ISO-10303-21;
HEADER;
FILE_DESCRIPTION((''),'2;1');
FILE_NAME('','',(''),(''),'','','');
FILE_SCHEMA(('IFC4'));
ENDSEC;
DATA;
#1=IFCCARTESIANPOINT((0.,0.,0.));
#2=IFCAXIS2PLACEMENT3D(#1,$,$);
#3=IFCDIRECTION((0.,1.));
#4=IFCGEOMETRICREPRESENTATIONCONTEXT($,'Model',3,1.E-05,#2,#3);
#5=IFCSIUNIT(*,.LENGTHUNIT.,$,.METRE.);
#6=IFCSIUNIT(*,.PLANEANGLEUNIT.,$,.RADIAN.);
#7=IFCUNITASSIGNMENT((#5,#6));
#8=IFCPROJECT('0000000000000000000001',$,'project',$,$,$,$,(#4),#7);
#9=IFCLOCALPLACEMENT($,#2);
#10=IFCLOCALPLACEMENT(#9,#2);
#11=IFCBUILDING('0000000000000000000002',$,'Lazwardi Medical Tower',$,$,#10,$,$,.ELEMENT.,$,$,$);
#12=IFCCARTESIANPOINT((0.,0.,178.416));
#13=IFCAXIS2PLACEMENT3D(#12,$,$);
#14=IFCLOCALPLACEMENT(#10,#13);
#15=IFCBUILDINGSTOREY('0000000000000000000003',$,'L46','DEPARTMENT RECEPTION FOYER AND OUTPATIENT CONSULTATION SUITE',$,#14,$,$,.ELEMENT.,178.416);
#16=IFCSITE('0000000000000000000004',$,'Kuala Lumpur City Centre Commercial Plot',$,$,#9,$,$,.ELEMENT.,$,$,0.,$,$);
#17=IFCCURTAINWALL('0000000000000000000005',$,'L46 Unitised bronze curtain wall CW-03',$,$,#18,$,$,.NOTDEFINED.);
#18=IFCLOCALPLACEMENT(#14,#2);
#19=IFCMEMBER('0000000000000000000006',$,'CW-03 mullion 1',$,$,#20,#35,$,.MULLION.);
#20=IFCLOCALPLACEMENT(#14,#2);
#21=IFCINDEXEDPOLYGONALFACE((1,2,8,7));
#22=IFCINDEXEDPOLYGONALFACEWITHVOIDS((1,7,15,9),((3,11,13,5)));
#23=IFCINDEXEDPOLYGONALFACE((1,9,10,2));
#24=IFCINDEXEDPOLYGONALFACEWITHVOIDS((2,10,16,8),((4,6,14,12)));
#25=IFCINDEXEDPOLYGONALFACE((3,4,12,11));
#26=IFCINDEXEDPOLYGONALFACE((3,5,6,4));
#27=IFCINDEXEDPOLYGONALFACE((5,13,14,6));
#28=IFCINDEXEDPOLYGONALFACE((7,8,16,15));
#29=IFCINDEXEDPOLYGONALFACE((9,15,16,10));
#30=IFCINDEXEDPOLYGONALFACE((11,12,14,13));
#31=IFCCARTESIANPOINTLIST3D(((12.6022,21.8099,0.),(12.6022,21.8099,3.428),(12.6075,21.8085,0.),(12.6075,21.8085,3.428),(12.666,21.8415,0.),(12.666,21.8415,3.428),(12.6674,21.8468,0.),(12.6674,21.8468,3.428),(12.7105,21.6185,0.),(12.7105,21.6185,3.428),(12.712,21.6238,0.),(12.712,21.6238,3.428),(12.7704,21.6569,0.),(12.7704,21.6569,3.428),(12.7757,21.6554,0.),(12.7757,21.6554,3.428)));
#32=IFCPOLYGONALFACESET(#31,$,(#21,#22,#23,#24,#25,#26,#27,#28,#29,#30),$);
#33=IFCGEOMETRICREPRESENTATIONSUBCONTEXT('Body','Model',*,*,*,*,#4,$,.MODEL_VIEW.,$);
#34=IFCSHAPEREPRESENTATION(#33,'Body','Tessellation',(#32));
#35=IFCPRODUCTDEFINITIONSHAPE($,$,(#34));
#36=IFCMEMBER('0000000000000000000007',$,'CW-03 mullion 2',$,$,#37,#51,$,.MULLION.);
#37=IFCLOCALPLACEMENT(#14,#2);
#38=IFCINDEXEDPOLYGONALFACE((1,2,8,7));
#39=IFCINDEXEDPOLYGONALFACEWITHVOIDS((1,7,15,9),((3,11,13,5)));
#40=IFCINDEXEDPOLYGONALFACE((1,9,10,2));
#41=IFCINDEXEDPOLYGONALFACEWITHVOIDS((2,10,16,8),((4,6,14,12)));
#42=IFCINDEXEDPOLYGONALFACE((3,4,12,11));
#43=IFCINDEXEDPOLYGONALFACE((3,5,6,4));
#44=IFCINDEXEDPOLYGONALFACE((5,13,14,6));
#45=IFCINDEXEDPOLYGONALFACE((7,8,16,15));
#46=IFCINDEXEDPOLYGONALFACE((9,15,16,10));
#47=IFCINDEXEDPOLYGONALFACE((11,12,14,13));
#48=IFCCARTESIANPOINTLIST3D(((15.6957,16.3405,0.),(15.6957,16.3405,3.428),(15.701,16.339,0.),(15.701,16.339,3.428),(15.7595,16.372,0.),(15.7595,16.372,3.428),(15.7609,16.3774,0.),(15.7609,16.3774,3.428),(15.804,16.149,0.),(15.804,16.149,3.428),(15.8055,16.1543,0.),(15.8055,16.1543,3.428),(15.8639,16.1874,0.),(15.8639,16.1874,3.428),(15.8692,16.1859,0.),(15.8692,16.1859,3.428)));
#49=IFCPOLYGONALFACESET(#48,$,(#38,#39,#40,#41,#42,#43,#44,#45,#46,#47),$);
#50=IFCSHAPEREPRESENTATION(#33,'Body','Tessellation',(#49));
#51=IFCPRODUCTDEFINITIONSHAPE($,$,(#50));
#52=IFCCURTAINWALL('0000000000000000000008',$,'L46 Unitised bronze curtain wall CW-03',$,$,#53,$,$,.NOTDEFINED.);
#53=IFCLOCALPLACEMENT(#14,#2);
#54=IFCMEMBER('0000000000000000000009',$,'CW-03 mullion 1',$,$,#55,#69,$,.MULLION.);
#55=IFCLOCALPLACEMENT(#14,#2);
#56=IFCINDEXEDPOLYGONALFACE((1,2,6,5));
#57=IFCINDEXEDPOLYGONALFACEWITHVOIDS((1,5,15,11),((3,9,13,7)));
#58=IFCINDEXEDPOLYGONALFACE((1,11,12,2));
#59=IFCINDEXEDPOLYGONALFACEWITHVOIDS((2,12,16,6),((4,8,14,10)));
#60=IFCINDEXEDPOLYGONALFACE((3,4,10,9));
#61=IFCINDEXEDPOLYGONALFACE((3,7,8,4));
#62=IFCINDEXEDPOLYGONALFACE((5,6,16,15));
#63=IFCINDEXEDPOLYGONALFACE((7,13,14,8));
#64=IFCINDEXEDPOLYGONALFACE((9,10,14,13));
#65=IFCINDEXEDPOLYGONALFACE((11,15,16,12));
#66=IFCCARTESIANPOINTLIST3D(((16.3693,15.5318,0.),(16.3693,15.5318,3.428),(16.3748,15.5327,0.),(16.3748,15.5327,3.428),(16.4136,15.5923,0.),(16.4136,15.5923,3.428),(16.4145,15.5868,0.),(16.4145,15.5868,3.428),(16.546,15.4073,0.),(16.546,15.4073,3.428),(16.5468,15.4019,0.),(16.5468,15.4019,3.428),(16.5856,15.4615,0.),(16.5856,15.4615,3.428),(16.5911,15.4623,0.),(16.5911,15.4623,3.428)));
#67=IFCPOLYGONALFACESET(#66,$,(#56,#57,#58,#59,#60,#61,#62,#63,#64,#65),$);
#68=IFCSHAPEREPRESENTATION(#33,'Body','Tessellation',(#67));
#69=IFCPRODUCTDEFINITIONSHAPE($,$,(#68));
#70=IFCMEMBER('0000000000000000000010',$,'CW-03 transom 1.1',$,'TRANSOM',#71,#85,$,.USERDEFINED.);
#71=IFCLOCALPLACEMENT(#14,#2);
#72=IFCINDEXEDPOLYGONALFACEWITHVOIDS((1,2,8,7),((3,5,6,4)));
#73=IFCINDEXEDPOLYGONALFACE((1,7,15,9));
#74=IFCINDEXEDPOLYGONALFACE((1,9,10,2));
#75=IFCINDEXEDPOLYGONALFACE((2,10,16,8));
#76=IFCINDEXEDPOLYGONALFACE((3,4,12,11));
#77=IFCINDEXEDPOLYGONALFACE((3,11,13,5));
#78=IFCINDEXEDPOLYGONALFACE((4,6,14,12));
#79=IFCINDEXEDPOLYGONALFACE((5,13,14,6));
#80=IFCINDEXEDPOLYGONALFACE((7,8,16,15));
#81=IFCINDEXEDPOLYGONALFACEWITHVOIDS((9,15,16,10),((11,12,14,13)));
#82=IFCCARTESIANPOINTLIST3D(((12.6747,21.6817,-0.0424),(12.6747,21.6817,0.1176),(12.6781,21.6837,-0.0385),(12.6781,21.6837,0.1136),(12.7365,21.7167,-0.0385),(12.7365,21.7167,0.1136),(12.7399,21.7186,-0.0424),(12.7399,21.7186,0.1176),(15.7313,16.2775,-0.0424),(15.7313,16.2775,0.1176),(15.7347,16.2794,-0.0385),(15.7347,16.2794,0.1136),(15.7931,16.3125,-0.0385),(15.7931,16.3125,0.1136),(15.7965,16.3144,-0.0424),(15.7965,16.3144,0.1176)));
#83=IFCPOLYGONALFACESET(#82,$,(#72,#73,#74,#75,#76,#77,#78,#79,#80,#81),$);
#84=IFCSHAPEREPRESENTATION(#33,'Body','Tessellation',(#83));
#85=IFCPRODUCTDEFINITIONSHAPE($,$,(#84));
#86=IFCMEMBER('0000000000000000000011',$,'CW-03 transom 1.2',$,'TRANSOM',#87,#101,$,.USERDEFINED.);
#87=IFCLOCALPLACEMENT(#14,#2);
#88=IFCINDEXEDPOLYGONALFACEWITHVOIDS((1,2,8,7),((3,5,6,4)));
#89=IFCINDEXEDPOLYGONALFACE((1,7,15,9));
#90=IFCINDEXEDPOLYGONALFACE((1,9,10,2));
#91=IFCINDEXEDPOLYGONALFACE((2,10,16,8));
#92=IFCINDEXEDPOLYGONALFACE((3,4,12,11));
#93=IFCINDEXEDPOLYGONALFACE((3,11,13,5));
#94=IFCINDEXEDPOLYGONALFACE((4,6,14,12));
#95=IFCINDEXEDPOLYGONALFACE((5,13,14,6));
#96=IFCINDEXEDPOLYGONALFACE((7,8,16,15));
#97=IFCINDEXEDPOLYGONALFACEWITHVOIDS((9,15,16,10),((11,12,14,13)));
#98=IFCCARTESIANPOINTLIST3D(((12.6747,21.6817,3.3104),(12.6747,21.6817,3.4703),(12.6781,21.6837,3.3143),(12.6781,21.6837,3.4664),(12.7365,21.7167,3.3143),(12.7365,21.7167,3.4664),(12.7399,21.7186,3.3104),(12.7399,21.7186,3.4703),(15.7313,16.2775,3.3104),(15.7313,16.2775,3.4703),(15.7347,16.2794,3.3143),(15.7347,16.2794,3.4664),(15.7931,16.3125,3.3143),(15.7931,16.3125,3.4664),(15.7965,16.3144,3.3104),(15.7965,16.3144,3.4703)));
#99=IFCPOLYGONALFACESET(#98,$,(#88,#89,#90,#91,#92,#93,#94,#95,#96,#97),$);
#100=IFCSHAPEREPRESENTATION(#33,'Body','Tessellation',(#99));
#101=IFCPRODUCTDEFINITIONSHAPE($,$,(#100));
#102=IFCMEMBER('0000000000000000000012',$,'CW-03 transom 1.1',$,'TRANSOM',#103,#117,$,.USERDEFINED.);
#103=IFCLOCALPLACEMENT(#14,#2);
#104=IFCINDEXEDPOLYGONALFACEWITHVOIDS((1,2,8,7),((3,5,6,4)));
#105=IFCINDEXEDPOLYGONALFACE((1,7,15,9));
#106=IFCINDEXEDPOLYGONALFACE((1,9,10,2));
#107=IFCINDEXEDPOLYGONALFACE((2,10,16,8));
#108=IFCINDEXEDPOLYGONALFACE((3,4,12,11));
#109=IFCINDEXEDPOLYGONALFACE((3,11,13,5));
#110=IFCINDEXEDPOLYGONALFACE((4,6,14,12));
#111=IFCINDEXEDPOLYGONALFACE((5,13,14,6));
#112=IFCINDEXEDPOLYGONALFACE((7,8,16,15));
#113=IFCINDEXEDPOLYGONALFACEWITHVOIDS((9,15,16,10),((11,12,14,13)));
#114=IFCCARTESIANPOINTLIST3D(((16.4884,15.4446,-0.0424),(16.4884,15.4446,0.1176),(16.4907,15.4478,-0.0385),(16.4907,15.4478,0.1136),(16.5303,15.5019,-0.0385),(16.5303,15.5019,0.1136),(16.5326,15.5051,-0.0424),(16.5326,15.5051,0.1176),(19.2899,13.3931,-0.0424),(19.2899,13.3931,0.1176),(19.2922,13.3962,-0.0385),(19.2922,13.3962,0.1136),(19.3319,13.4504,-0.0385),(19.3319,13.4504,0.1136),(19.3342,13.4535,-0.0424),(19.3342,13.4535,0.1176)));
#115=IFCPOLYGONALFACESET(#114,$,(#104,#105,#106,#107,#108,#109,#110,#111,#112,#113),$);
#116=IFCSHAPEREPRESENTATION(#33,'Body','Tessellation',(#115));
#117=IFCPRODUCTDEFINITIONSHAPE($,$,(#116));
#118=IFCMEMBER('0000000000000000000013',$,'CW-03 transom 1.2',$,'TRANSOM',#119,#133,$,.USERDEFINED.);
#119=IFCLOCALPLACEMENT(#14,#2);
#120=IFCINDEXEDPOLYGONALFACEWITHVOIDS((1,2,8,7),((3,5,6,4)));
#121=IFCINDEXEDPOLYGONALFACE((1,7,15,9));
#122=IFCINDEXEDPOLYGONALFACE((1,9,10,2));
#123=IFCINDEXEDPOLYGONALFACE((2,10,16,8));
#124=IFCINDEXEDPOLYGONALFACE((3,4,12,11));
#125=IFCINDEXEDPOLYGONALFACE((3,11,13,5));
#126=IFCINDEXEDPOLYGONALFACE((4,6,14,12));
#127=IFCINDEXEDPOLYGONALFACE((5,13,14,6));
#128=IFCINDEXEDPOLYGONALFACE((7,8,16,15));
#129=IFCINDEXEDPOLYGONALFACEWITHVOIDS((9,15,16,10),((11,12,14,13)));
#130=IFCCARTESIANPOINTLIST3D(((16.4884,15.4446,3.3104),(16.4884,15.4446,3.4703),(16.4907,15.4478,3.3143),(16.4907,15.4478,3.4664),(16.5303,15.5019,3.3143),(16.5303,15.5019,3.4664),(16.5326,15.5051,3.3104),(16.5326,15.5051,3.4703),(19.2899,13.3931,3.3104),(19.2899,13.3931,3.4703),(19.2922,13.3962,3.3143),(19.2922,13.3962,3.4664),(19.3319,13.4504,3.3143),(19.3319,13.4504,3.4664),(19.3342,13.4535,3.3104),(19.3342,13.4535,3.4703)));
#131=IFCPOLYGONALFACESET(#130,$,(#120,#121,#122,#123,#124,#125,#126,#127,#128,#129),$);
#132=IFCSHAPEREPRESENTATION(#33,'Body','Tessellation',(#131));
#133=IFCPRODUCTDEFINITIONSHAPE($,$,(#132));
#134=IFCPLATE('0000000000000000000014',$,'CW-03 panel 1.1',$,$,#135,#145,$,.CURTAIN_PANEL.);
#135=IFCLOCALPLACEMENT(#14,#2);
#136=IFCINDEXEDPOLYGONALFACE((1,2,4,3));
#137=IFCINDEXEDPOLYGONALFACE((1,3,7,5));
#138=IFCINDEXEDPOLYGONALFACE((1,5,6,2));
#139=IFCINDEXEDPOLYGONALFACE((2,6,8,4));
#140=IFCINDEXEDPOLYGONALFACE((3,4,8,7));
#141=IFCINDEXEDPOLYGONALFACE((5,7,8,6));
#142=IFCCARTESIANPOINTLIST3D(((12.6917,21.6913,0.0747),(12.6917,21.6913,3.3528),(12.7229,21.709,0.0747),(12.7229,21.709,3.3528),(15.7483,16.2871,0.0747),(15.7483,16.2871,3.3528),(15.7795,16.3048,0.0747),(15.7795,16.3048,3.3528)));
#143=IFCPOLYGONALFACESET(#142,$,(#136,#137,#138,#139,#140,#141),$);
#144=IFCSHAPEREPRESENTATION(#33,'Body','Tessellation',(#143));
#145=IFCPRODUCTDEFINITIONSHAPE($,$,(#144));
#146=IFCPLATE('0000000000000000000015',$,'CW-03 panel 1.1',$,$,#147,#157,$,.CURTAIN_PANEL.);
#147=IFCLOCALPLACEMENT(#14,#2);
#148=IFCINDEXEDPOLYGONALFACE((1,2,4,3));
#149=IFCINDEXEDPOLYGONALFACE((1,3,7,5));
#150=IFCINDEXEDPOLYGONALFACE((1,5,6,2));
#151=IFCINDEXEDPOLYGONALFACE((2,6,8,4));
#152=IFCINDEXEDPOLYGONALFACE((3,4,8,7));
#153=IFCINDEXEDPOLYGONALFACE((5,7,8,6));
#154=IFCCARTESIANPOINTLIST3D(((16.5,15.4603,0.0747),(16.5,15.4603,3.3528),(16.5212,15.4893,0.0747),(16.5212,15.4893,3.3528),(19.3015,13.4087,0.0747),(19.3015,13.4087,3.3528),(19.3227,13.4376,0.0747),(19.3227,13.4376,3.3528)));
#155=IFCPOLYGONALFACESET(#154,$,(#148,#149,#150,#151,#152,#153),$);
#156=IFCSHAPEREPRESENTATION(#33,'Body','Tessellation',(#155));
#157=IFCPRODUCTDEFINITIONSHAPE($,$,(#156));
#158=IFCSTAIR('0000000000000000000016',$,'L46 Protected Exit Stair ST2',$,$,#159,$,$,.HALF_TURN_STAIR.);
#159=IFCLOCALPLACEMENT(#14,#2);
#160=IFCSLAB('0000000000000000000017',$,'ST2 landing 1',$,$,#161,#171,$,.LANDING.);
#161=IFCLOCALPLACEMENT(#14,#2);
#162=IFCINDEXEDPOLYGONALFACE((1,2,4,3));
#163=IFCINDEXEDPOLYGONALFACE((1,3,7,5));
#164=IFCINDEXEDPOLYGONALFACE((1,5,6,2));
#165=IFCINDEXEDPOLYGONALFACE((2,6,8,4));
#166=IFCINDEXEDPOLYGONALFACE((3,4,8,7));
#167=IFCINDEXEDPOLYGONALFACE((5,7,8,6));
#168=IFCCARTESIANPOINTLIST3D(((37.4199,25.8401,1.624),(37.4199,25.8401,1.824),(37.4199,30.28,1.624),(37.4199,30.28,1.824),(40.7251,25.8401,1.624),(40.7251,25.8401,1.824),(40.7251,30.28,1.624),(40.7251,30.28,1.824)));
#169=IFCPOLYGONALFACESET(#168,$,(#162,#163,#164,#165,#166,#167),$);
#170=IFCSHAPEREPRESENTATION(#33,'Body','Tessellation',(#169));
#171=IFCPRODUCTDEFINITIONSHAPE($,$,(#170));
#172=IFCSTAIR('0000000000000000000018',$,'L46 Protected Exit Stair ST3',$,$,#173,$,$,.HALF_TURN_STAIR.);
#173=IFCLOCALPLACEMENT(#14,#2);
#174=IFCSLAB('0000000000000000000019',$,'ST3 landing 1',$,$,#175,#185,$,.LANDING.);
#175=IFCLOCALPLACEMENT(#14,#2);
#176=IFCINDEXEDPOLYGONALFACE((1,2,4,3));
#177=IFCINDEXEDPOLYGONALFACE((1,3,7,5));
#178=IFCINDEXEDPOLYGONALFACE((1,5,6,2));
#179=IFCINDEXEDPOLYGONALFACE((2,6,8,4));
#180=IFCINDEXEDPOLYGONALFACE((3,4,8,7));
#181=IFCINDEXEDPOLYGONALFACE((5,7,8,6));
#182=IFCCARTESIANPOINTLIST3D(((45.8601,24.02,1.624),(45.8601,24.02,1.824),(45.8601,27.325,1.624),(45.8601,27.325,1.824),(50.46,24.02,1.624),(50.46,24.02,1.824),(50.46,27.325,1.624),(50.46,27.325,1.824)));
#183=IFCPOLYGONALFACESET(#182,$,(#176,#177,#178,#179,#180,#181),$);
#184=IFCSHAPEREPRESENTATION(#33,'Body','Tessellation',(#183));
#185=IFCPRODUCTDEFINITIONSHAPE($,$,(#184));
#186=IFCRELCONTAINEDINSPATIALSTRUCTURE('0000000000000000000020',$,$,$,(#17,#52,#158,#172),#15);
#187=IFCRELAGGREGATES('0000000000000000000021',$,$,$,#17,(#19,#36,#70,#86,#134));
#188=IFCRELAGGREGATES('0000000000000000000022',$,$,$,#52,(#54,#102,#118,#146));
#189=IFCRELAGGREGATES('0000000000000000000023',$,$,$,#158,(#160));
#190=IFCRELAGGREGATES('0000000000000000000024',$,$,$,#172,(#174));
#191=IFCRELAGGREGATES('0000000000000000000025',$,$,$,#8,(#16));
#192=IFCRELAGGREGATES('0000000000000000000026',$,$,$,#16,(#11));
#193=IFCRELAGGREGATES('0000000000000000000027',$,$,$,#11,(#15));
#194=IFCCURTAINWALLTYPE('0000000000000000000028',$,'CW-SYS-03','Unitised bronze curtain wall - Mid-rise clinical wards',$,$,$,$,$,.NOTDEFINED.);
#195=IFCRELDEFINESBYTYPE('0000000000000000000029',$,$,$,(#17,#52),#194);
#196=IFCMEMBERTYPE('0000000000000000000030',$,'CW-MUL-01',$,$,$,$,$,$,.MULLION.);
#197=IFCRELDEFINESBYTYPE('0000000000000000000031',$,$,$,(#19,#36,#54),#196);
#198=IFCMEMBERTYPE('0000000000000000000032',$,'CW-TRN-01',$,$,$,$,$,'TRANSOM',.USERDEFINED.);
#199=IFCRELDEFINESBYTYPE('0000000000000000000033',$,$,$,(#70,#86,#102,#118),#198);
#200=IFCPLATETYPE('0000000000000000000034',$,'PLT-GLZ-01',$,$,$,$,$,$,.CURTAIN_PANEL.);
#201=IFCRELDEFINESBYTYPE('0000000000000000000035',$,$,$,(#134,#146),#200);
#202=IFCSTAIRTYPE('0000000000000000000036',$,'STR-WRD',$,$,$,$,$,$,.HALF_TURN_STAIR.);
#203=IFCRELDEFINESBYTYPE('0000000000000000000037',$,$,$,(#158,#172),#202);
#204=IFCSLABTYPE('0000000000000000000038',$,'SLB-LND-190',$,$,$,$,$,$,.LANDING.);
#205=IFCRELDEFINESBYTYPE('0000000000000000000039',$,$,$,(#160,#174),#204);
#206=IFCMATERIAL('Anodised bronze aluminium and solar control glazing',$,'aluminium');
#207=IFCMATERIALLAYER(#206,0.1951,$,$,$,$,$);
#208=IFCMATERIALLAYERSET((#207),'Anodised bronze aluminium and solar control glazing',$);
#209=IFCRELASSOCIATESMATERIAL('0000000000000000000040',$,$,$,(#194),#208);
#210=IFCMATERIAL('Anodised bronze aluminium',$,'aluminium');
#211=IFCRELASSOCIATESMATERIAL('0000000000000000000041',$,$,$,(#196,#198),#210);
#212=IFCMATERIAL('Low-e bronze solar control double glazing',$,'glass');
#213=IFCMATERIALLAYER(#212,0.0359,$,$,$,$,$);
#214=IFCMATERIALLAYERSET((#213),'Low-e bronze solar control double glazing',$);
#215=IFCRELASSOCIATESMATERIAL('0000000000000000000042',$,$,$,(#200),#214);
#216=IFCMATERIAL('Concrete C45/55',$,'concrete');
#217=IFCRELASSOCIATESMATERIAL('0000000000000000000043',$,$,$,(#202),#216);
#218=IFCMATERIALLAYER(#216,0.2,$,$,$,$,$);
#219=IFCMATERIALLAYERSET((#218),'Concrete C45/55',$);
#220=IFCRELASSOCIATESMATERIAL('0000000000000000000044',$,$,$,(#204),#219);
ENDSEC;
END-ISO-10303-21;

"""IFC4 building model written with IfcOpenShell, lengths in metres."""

from ifc_helpers import new_model, si_unit, direction, frame, origin, origin_2d, place, context, subcontext, project, spatial, polyline, rectangle, hollow_rectangle, outline, extrude, material, layer, layer_set, material_profile, profile_set, type_object, element, aggregate, save


model = new_model("IFC4")

# Units and contexts
model_context = context("Model", 3, precision=1e-05, world=origin(), true_north=direction((0.0, 1.0)))
body_context = subcontext(model_context, "Body", "Model", "MODEL_VIEW")
ifc_project = project(units=[si_unit("LENGTHUNIT", "METRE"), si_unit("PLANEANGLEUNIT", "RADIAN")], contexts=[model_context])

# Site, building, storey
site_placement = place(None, origin())
site = spatial("IfcSite", under=ifc_project, at=site_placement, Name="Kuala Lumpur City Centre Commercial Plot", CompositionType="ELEMENT", RefElevation=0.0)
building_placement = place(site_placement, origin())
building = spatial("IfcBuilding", under=site, at=building_placement, Name="Lazwardi Medical Tower", CompositionType="ELEMENT")
storey_placement = place(building_placement, frame((0.0, 0.0, 178.416)))
storey = spatial("IfcBuildingStorey", under=building, at=storey_placement, Name="L46", Description="DEPARTMENT RECEPTION FOYER AND OUTPATIENT CONSULTATION SUITE", CompositionType="ELEMENT", Elevation=178.416)

# Curtain wall, members
ifc_material_1 = material(Name="Anodised bronze aluminium and solar control glazing", Category="aluminium")
ifc_layer_1 = layer(ifc_material_1, 0.1951)
ifc_layer_set_1 = layer_set([ifc_layer_1], Name="Anodised bronze aluminium and solar control glazing")
curtain_wall_type = type_object("IfcCurtainWallType", Name="CW-SYS-03", Description="Unitised bronze curtain wall - Mid-rise clinical wards", PredefinedType="NOTDEFINED", material=ifc_layer_set_1)
curtain_wall_1_placement = place(storey_placement, origin())
curtain_wall_1 = element("IfcCurtainWall", 1, at=curtain_wall_1_placement, inside=storey, type_object=curtain_wall_type, Name="L46 Unitised bronze curtain wall CW-03", PredefinedType="NOTDEFINED")
ifc_material_2 = material(Name="Anodised bronze aluminium", Category="aluminium")
ifc_material_profile_1 = material_profile(ifc_material_2, hollow_rectangle(XDim=0.075, YDim=0.22, WallThickness=0.0039, at=origin_2d()), Name="ALU-MULLION 220x75x4")
ifc_profile_set_1 = profile_set([ifc_material_profile_1], Name="Anodised bronze aluminium")
member_type_1 = type_object("IfcMemberType", Name="CW-MUL-01", PredefinedType="MULLION", material=ifc_profile_set_1)
member_1_placement = place(storey_placement, frame((12.689, 21.7327, 0.0), z_axis=(0.0, 0.0, 1.0), x_axis=(0.870419, 0.492312, 0.0)))
member_1 = element("IfcMember", 2, at=member_1_placement, type_object=member_type_1, Name="CW-03 mullion 1", PredefinedType="MULLION", context=body_context, shape_type="SweptSolid", body=[
    extrude(hollow_rectangle(XDim=0.075, YDim=0.22, WallThickness=0.0039, at=origin_2d()), origin(), (0.0, 0.0, 1.0), 3.428),
])
member_2_placement = place(storey_placement, frame((15.7825, 16.2632, 0.0), z_axis=(0.0, 0.0, 1.0), x_axis=(0.870419, 0.492312, 0.0)))
member_2 = element("IfcMember", 3, at=member_2_placement, type_object=member_type_1, Name="CW-03 mullion 2", PredefinedType="MULLION", context=body_context, shape_type="SweptSolid", body=[
    extrude(hollow_rectangle(XDim=0.075, YDim=0.22, WallThickness=0.0039, at=origin_2d()), origin(), (0.0, 0.0, 1.0), 3.428),
])

# Curtain wall, member
curtain_wall_2_placement = place(storey_placement, origin())
curtain_wall_2 = element("IfcCurtainWall", 4, at=curtain_wall_2_placement, inside=storey, type_object=curtain_wall_type, Name="L46 Unitised bronze curtain wall CW-03", PredefinedType="NOTDEFINED")
member_3_placement = place(storey_placement, frame((16.4802, 15.4971, 0.0), z_axis=(0.0, 0.0, 1.0), x_axis=(0.590834, 0.806793, 0.0)))
member_3 = element("IfcMember", 5, at=member_3_placement, type_object=member_type_1, Name="CW-03 mullion 1", PredefinedType="MULLION", context=body_context, shape_type="SweptSolid", body=[
    extrude(hollow_rectangle(XDim=0.075, YDim=0.22, WallThickness=0.0039, at=origin_2d()), origin(), (0.0, 0.0, 1.0), 3.428),
])

# Members
ifc_material_profile_2 = material_profile(ifc_material_2, hollow_rectangle(XDim=0.075, YDim=0.1599, WallThickness=0.0039, at=origin_2d()), Name="ALU-TRANSOM 160x75x4")
ifc_profile_set_2 = profile_set([ifc_material_profile_2], Name="Anodised bronze aluminium")
member_type_2 = type_object("IfcMemberType", Name="CW-TRN-01", ElementType="TRANSOM", PredefinedType="USERDEFINED", material=ifc_profile_set_2)
member_4_placement = place(storey_placement, frame((12.7073, 21.7002, 0.0376), z_axis=(0.492306, -0.870422, 0.0), x_axis=(0.870422, 0.492306, 0.0)))
member_4 = element("IfcMember", 6, at=member_4_placement, type_object=member_type_2, Name="CW-03 transom 1.1", ObjectType="TRANSOM", PredefinedType="USERDEFINED", context=body_context, shape_type="SweptSolid", body=[
    extrude(hollow_rectangle(XDim=0.075, YDim=0.1599, WallThickness=0.0039, at=origin_2d()), origin(), (0.0, 0.0, 1.0), 6.2087),
])
member_5_placement = place(storey_placement, frame((12.7073, 21.7002, 3.3904), z_axis=(0.492306, -0.870422, 0.0), x_axis=(0.870422, 0.492306, 0.0)))
member_5 = element("IfcMember", 7, at=member_5_placement, type_object=member_type_2, Name="CW-03 transom 1.2", ObjectType="TRANSOM", PredefinedType="USERDEFINED", context=body_context, shape_type="SweptSolid", body=[
    extrude(hollow_rectangle(XDim=0.075, YDim=0.1599, WallThickness=0.0039, at=origin_2d()), origin(), (0.0, 0.0, 1.0), 6.2087),
])
member_6_placement = place(storey_placement, frame((16.5105, 15.4749, 0.0376), z_axis=(0.806807, -0.590815, 0.0), x_axis=(0.590815, 0.806807, 0.0)))
member_6 = element("IfcMember", 8, at=member_6_placement, type_object=member_type_2, Name="CW-03 transom 1.1", ObjectType="TRANSOM", PredefinedType="USERDEFINED", context=body_context, shape_type="SweptSolid", body=[
    extrude(hollow_rectangle(XDim=0.075, YDim=0.1599, WallThickness=0.0039, at=origin_2d()), origin(), (0.0, 0.0, 1.0), 3.4724),
])
member_7_placement = place(storey_placement, frame((16.5105, 15.4749, 3.3904), z_axis=(0.806807, -0.590815, 0.0), x_axis=(0.590815, 0.806807, 0.0)))
member_7 = element("IfcMember", 9, at=member_7_placement, type_object=member_type_2, Name="CW-03 transom 1.2", ObjectType="TRANSOM", PredefinedType="USERDEFINED", context=body_context, shape_type="SweptSolid", body=[
    extrude(hollow_rectangle(XDim=0.075, YDim=0.1599, WallThickness=0.0039, at=origin_2d()), origin(), (0.0, 0.0, 1.0), 3.4724),
])

# Plates
ifc_material_3 = material(Name="Low-e bronze solar control double glazing", Category="glass")
ifc_layer_2 = layer(ifc_material_3, 0.0359)
ifc_layer_set_2 = layer_set([ifc_layer_2], Name="Low-e bronze solar control double glazing")
plate_type = type_object("IfcPlateType", Name="PLT-GLZ-01", PredefinedType="CURTAIN_PANEL", material=ifc_layer_set_2)
plate_1_placement = place(storey_placement, frame((14.2356, 18.998, 0.0747), z_axis=(0.0, 0.0, 1.0), x_axis=(0.492312, -0.870419, 0.0)))
plate_1 = element("IfcPlate", 10, at=plate_1_placement, type_object=plate_type, Name="CW-03 panel 1.1", PredefinedType="CURTAIN_PANEL", context=body_context, shape_type="SweptSolid", body=[
    extrude(rectangle(XDim=6.2087, YDim=0.0359, at=origin_2d()), origin(), (0.0, 0.0, 1.0), 3.2781),
])
aggregate(curtain_wall_1, [member_1, member_2, member_4, member_5, plate_1])
plate_2_placement = place(storey_placement, frame((17.9114, 14.449, 0.0747), z_axis=(0.0, 0.0, 1.0), x_axis=(0.806793, -0.590834, 0.0)))
plate_2 = element("IfcPlate", 11, at=plate_2_placement, type_object=plate_type, Name="CW-03 panel 1.1", PredefinedType="CURTAIN_PANEL", context=body_context, shape_type="SweptSolid", body=[
    extrude(rectangle(XDim=3.4724, YDim=0.0359, at=origin_2d()), origin(), (0.0, 0.0, 1.0), 3.2781),
])
aggregate(curtain_wall_2, [member_3, member_6, member_7, plate_2])

# Stairs, slabs
ifc_material_4 = material(Name="Concrete C45/55", Category="concrete")
stair_type = type_object("IfcStairType", Name="STR-WRD", PredefinedType="HALF_TURN_STAIR", material=ifc_material_4)
stair_1_placement = place(storey_placement, origin())
stair_1 = element("IfcStair", 12, at=stair_1_placement, inside=storey, type_object=stair_type, Name="L46 Protected Exit Stair ST2", PredefinedType="HALF_TURN_STAIR")
ifc_layer_3 = layer(ifc_material_4, 0.2)
ifc_layer_set_3 = layer_set([ifc_layer_3], Name="Concrete C45/55")
slab_type = type_object("IfcSlabType", Name="SLB-LND-190", PredefinedType="LANDING", material=ifc_layer_set_3)
slab_1_placement = place(storey_placement, frame((0.0, 0.0, 1.624)))
slab_1 = element("IfcSlab", 13, at=slab_1_placement, type_object=slab_type, Name="ST2 landing 1", PredefinedType="LANDING", context=body_context, shape_type="SweptSolid", body=[
    extrude(outline(polyline([(40.7251, 30.28), (37.4199, 30.28), (37.4199, 25.8401), (40.7251, 25.8401), (40.7251, 30.28)])), origin(), (0.0, 0.0, 1.0), 0.2),
])
aggregate(stair_1, [slab_1])
stair_2_placement = place(storey_placement, origin())
stair_2 = element("IfcStair", 14, at=stair_2_placement, inside=storey, type_object=stair_type, Name="L46 Protected Exit Stair ST3", PredefinedType="HALF_TURN_STAIR")
slab_2_placement = place(storey_placement, frame((0.0, 0.0, 1.624)))
slab_2 = element("IfcSlab", 15, at=slab_2_placement, type_object=slab_type, Name="ST3 landing 1", PredefinedType="LANDING", context=body_context, shape_type="SweptSolid", body=[
    extrude(outline(polyline([(45.8601, 27.325), (45.8601, 24.02), (50.46, 24.02), (50.46, 27.325), (45.8601, 27.325)])), origin(), (0.0, 0.0, 1.0), 0.2),
])
aggregate(stair_2, [slab_2])

save(model, "model.ifc")
